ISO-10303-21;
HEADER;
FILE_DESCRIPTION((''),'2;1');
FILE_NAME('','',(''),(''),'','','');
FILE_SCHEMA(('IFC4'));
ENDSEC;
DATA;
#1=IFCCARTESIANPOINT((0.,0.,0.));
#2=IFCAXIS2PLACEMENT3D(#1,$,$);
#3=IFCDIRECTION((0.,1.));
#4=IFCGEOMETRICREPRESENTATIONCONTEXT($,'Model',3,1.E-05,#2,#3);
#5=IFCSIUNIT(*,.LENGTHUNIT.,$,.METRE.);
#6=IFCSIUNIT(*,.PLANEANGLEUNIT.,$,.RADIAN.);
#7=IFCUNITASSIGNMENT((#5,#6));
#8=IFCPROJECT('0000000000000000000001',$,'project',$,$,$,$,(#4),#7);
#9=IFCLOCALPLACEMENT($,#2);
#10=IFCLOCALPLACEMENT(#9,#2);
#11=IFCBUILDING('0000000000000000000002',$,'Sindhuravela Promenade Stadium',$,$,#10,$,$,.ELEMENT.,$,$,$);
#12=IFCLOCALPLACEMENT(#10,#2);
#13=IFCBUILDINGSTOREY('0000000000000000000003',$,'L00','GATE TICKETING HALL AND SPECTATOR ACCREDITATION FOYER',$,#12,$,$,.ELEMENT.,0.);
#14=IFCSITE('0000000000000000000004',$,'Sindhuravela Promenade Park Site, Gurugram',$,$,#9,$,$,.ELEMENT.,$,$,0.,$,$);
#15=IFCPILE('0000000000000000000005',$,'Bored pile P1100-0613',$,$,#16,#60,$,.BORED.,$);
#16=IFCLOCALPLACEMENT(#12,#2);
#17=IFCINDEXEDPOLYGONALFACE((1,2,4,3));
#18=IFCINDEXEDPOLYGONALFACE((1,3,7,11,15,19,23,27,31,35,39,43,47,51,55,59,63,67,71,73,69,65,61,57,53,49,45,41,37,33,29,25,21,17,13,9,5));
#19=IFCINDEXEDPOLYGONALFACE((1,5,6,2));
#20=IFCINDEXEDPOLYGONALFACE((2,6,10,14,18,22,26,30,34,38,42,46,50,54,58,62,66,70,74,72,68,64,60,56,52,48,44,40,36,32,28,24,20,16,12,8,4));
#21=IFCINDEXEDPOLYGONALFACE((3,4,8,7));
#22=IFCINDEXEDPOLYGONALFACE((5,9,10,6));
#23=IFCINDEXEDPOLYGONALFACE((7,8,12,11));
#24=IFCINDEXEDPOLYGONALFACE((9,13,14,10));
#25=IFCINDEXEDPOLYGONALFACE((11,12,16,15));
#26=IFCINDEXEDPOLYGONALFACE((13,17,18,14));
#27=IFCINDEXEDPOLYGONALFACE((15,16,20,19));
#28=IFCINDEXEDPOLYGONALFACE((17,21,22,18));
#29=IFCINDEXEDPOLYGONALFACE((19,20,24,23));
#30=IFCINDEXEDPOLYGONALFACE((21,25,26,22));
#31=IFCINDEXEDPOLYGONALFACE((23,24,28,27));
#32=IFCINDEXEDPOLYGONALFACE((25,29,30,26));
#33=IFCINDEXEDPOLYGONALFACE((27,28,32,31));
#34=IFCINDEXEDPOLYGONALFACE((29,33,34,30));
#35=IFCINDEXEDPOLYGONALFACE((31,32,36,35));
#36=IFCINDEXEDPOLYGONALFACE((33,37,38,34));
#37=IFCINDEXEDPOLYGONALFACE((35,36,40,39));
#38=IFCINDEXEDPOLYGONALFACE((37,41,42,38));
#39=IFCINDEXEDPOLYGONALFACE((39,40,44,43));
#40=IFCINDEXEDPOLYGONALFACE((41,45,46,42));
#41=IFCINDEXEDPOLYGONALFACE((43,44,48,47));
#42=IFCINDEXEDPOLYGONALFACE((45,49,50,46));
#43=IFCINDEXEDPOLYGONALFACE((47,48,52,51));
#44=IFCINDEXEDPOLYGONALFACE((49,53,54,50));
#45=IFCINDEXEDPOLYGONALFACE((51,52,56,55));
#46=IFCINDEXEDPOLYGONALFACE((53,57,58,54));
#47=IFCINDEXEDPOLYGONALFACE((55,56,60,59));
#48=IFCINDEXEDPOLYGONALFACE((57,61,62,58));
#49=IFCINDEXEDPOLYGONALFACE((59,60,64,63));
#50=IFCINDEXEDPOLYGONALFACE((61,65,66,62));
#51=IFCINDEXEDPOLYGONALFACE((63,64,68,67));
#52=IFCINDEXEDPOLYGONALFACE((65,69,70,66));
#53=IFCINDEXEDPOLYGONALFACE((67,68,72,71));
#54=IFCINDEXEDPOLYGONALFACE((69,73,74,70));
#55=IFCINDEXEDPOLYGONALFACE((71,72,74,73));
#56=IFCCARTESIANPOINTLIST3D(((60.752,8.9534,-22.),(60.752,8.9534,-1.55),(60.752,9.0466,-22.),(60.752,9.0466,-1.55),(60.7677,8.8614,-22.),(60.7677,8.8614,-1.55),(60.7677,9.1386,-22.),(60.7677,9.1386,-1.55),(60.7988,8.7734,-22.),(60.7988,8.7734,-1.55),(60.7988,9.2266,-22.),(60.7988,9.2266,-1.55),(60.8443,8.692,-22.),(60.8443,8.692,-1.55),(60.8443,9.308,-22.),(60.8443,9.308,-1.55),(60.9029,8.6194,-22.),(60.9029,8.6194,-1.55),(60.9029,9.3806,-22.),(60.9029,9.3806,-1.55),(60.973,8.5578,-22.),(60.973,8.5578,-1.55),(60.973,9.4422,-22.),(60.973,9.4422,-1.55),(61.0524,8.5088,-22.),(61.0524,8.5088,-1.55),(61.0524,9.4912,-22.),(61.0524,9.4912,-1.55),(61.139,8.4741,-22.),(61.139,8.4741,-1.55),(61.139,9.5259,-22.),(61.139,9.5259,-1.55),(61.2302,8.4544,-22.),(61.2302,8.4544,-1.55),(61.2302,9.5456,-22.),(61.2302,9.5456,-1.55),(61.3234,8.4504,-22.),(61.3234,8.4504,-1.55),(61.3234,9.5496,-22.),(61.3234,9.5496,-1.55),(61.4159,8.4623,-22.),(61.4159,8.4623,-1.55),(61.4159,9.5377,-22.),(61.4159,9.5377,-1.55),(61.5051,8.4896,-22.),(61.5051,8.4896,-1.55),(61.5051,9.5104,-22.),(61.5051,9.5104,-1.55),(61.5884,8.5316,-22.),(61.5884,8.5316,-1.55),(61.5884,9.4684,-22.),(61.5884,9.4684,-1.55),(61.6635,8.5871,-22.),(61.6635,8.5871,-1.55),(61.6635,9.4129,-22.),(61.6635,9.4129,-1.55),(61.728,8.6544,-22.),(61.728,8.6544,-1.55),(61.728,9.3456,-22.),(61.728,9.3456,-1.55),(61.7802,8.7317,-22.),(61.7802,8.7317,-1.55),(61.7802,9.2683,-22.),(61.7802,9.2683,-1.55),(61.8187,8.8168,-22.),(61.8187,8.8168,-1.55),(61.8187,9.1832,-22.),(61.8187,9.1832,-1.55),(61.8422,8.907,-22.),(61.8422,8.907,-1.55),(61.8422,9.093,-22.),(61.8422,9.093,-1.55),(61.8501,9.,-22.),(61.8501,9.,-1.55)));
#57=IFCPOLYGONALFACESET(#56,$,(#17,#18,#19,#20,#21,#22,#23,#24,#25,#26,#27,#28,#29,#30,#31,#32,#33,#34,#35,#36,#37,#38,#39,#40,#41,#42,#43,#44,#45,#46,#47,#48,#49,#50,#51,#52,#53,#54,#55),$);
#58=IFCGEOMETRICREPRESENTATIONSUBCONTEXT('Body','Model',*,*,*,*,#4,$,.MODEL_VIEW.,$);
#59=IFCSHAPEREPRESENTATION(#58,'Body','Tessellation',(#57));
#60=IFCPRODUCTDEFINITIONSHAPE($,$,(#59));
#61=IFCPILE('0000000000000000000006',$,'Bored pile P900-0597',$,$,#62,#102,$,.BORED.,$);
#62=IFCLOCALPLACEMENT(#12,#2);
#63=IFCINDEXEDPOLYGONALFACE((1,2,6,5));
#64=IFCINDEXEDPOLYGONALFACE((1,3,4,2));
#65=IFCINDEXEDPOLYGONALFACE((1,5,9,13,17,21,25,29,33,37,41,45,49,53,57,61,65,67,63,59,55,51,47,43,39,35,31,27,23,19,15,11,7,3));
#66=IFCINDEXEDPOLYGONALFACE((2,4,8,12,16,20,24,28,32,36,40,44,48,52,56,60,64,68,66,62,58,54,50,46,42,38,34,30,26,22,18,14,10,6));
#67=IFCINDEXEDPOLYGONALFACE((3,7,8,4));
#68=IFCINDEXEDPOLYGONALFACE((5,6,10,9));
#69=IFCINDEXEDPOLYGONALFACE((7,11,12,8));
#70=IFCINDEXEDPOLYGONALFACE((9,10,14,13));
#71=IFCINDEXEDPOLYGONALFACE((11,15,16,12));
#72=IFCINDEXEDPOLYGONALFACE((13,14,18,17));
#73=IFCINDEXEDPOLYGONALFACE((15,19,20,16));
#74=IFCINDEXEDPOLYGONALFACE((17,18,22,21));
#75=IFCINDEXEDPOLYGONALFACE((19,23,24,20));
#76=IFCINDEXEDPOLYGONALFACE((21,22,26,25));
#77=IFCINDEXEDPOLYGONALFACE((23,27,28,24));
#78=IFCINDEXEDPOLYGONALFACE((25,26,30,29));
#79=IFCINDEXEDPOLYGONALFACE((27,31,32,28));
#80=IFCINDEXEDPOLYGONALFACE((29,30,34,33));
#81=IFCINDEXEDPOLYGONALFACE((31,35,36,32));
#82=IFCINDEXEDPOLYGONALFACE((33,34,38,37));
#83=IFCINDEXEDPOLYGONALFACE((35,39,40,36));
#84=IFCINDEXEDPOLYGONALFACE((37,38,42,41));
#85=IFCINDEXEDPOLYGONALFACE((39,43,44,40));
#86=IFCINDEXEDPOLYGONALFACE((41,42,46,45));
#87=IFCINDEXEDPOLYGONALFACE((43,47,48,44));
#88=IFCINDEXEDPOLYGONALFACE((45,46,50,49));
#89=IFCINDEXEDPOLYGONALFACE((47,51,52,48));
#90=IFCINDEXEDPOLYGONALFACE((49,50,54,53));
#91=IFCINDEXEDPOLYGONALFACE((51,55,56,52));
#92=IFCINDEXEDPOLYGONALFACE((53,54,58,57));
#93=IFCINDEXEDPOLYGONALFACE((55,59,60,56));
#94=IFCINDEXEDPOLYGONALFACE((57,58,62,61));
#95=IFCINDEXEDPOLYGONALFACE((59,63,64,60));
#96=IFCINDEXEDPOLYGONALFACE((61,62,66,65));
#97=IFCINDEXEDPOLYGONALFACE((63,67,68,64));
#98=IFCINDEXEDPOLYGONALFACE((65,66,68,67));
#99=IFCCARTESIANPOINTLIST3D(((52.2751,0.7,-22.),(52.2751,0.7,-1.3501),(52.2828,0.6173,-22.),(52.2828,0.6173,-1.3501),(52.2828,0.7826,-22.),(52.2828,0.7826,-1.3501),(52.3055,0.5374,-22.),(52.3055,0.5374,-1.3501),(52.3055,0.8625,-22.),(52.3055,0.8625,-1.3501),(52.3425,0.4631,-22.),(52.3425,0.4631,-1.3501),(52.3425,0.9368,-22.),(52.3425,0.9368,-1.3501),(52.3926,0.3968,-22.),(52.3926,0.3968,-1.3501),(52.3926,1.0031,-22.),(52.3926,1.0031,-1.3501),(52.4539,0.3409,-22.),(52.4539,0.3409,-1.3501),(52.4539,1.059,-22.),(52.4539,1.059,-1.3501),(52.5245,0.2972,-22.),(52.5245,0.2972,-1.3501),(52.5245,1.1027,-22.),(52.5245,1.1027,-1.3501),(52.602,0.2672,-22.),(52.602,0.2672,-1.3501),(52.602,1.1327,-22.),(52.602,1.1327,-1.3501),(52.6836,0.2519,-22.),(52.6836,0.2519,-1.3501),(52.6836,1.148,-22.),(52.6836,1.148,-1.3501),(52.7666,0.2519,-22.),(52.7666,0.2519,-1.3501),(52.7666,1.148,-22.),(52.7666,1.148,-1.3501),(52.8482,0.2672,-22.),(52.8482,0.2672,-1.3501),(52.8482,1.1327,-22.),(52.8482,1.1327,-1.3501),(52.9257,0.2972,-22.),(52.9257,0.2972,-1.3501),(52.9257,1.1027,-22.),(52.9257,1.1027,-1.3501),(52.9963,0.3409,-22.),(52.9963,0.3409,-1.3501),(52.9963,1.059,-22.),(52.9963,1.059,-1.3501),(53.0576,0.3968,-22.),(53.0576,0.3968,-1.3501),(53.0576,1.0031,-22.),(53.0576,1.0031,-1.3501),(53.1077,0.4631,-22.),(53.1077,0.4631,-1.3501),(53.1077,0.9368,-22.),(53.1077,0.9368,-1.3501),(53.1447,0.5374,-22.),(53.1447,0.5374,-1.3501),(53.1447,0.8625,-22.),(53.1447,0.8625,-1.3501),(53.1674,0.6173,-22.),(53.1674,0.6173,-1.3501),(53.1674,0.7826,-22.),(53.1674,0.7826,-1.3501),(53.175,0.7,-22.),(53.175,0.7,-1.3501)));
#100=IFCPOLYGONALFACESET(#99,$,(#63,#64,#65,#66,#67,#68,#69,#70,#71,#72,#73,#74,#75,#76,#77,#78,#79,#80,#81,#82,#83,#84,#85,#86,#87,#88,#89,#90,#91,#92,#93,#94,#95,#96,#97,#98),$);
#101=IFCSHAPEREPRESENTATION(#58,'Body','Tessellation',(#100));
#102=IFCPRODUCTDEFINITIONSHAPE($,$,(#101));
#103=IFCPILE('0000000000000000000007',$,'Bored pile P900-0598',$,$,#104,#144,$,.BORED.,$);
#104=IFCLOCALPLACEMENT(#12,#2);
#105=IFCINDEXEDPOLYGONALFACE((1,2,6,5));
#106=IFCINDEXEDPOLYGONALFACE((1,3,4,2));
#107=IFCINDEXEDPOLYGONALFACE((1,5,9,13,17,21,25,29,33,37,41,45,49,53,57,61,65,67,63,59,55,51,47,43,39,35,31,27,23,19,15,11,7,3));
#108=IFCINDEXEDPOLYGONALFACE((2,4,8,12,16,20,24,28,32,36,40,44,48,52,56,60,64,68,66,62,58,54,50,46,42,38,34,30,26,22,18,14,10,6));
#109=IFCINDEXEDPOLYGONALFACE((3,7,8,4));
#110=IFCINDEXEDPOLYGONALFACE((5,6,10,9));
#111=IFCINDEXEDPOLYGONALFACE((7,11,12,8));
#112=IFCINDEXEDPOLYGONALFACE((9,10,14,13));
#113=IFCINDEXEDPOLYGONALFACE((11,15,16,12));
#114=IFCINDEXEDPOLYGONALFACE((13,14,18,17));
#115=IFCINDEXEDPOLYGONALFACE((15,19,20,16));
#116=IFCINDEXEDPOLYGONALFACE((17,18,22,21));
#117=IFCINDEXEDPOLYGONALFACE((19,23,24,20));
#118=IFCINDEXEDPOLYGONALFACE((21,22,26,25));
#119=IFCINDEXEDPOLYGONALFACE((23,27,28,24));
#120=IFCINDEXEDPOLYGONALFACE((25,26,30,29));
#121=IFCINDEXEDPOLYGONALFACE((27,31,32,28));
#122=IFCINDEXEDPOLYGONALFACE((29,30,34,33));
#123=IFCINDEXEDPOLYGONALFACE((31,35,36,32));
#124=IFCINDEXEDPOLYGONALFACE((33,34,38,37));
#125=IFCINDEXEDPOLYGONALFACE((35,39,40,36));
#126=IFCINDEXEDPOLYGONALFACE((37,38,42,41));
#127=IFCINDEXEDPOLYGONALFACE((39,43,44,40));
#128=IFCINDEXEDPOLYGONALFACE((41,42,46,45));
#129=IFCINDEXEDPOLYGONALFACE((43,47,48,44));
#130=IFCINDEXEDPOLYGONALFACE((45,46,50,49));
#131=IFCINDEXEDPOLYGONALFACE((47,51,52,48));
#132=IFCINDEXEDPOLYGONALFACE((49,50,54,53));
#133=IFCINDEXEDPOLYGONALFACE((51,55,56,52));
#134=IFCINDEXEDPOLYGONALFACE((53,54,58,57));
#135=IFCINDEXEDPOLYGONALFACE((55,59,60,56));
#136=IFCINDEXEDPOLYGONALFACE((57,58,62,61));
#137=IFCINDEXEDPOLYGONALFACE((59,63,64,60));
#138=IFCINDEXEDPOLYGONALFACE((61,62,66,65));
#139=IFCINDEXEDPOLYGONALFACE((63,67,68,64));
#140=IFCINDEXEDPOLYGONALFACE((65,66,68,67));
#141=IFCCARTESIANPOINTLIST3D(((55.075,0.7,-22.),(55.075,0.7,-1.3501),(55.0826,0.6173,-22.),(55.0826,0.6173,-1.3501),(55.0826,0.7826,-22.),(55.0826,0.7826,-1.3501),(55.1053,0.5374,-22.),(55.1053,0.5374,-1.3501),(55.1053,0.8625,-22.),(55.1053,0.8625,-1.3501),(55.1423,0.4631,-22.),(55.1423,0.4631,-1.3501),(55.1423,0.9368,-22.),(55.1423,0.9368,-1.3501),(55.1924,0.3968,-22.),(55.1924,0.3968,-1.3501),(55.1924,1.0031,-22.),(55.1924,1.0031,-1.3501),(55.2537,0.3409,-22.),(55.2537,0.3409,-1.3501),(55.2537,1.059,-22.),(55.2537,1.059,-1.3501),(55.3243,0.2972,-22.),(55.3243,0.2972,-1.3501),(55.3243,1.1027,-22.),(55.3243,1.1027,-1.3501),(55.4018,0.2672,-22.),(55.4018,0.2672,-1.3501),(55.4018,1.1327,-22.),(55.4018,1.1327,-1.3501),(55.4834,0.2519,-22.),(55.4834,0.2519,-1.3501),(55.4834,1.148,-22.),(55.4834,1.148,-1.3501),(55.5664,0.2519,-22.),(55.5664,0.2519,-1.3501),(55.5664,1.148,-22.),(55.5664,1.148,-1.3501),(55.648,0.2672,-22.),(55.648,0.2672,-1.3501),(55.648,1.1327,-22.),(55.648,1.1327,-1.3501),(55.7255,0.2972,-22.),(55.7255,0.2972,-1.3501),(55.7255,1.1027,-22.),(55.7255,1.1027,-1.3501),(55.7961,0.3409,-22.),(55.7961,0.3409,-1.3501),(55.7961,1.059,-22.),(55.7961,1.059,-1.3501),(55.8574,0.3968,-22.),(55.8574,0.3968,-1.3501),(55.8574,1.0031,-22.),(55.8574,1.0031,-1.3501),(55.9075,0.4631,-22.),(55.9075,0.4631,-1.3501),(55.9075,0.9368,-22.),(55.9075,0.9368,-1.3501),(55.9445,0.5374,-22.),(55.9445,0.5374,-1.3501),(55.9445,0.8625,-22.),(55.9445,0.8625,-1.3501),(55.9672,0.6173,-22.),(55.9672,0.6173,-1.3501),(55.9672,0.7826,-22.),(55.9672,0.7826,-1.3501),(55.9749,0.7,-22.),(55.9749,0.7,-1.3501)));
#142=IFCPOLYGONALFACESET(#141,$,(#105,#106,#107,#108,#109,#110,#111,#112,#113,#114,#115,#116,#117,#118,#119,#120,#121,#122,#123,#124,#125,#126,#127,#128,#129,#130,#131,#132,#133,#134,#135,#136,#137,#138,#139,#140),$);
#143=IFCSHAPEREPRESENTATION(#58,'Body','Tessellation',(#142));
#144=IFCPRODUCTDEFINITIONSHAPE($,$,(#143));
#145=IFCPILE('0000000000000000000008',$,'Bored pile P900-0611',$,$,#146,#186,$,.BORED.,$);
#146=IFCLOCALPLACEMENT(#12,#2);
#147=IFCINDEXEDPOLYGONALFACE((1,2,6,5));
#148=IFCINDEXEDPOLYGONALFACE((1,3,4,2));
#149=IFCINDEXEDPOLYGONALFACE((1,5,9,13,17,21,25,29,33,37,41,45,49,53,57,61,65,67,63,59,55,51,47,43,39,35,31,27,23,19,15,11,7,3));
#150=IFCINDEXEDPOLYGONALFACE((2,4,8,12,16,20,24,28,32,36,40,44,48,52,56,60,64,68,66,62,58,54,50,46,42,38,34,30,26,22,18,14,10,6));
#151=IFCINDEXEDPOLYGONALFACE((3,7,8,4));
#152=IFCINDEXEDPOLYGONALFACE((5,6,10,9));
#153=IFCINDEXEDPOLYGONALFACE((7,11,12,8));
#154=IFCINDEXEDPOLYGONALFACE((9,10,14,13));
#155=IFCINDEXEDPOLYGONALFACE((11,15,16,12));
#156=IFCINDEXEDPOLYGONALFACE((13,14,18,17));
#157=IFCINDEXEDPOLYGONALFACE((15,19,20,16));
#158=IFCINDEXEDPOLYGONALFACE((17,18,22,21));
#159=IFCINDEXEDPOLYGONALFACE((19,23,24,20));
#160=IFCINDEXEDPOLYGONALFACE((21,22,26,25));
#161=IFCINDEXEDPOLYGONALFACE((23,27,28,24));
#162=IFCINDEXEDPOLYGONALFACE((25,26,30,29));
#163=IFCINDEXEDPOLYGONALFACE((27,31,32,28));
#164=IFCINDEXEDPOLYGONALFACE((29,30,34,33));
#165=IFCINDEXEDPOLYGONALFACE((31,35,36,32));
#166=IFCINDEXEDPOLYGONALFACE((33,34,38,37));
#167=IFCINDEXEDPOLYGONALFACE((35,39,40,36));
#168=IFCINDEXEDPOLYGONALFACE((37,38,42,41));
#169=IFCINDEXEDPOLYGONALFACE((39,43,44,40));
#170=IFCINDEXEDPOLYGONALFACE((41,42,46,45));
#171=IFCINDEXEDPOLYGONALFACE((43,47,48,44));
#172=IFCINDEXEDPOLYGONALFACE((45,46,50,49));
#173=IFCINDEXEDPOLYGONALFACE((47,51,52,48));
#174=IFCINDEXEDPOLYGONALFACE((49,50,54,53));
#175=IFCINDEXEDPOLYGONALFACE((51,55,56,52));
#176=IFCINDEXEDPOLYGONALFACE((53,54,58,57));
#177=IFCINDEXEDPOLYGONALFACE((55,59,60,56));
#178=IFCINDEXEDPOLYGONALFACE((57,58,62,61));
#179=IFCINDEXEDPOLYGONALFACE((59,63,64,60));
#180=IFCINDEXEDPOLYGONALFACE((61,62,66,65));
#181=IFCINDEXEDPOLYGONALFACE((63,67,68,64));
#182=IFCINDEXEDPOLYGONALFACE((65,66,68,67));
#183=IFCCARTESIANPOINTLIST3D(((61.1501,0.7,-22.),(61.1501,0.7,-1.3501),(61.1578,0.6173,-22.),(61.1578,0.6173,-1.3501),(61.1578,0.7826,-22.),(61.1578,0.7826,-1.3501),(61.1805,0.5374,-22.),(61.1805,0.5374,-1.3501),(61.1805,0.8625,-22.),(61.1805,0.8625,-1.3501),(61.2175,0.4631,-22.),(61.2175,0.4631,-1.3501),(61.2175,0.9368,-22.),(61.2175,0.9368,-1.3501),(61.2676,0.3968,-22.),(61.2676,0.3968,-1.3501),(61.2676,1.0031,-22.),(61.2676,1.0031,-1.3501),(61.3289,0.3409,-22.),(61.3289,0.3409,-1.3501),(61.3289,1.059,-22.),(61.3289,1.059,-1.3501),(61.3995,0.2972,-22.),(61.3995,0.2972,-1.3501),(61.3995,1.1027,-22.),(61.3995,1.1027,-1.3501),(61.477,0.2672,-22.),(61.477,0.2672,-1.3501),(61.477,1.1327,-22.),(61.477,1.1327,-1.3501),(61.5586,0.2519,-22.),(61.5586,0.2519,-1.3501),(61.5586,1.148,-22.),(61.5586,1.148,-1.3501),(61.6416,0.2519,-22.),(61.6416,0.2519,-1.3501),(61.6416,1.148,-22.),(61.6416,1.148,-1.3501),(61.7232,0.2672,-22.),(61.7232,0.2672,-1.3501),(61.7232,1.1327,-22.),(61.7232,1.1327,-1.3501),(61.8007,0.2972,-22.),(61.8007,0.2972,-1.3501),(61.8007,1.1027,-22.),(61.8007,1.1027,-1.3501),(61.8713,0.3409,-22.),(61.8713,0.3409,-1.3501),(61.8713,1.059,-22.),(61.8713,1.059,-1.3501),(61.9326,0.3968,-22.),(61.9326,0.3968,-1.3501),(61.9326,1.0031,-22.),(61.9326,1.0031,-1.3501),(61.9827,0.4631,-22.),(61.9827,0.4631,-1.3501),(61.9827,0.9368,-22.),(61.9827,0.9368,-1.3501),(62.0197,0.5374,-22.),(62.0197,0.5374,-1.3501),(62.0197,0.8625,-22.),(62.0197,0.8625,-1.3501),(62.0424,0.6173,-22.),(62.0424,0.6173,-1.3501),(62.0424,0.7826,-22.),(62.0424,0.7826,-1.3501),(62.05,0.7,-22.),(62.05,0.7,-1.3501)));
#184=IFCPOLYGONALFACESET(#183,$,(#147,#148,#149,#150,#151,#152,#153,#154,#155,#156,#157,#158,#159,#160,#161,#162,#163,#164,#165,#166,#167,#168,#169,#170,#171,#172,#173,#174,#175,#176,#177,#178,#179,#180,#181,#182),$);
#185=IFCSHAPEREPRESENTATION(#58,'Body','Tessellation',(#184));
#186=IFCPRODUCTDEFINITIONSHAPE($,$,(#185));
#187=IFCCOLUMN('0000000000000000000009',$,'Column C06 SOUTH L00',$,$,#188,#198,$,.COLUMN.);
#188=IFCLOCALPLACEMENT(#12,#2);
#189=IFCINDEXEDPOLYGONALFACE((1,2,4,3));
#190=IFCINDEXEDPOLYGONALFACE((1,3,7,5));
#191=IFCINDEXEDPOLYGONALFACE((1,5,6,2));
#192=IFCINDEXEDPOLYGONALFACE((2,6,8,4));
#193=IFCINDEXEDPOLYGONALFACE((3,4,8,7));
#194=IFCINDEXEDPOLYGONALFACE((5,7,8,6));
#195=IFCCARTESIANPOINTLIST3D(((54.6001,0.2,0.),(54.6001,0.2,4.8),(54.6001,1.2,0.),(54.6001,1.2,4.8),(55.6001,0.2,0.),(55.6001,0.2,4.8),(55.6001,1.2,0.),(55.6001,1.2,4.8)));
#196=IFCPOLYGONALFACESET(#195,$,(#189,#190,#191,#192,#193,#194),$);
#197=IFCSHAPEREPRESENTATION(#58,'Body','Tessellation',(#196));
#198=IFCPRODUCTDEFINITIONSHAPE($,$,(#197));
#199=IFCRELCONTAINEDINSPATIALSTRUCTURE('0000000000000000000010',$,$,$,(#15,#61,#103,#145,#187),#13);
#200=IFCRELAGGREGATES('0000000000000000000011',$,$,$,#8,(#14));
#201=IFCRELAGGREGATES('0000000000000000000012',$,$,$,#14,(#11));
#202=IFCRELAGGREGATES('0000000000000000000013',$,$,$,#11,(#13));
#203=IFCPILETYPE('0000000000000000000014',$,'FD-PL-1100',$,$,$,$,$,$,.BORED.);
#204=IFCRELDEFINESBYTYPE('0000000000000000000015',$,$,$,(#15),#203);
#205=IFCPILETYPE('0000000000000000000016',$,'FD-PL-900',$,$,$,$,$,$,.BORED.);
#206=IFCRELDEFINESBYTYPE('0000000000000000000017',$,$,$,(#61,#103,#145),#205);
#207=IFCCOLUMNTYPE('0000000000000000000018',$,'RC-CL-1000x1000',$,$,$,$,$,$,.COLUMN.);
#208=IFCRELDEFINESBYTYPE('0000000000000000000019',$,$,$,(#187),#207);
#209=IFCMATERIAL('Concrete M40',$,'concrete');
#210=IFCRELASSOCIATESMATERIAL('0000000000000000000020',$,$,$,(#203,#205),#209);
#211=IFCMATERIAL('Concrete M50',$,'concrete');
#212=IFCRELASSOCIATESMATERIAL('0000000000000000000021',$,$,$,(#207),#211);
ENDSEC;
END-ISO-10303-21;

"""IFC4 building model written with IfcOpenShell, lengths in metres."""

from ifc_helpers import new_model, si_unit, direction, frame, origin, origin_2d, place, context, subcontext, project, spatial, rectangle, circle, extrude, material, material_profile, profile_set, type_object, element, save


model = new_model("IFC4")

# Units and contexts
model_context = context("Model", 3, precision=1e-05, world=origin(), true_north=direction((0.0, 1.0)))
body_context = subcontext(model_context, "Body", "Model", "MODEL_VIEW")
ifc_project = project(units=[si_unit("LENGTHUNIT", "METRE"), si_unit("PLANEANGLEUNIT", "RADIAN")], contexts=[model_context])

# Site, building, storey
site_placement = place(None, origin())
site = spatial("IfcSite", under=ifc_project, at=site_placement, Name="Sindhuravela Promenade Park Site, Gurugram", CompositionType="ELEMENT", RefElevation=0.0)
building_placement = place(site_placement, origin())
building = spatial("IfcBuilding", under=site, at=building_placement, Name="Sindhuravela Promenade Stadium", CompositionType="ELEMENT")
storey_placement = place(building_placement, origin())
storey = spatial("IfcBuildingStorey", under=building, at=storey_placement, Name="L00", Description="GATE TICKETING HALL AND SPECTATOR ACCREDITATION FOYER", CompositionType="ELEMENT", Elevation=0.0)

# Shared definitions
ifc_material_1 = material(Name="Concrete M50", Category="concrete")

# Piles
ifc_material_2 = material(Name="Concrete M40", Category="concrete")
ifc_material_profile_1 = material_profile(ifc_material_2, circle(Radius=0.55, at=origin_2d()), Name="BORED PILE D1100")
ifc_profile_set_1 = profile_set([ifc_material_profile_1], Name="Concrete M40")
pile_type_1 = type_object("IfcPileType", Name="FD-PL-1100", PredefinedType="BORED", material=ifc_profile_set_1)
pile_1_placement = place(storey_placement, frame((61.3, 9.0, -1.55), z_axis=(0.0, 0.0, -1.0), x_axis=(1.0, 0.0, 0.0)))
element("IfcPile", 1, at=pile_1_placement, inside=storey, type_object=pile_type_1, Name="Bored pile P1100-0613", PredefinedType="BORED", context=body_context, shape_type="SweptSolid", body=[
    extrude(circle(Radius=0.55, at=origin_2d()), origin(), (0.0, 0.0, 1.0), 20.45),
])
ifc_material_profile_2 = material_profile(ifc_material_2, circle(Radius=0.45, at=origin_2d()), Name="BORED PILE D900")
ifc_profile_set_2 = profile_set([ifc_material_profile_2], Name="Concrete M40")
pile_type_2 = type_object("IfcPileType", Name="FD-PL-900", PredefinedType="BORED", material=ifc_profile_set_2)
for number, where, z_axis, x_axis, name in (
    (2, (52.7251, 0.7, -1.3501), (0.0, 0.0, -1.0), (1.0, 0.0, 0.0), "Bored pile P900-0597"),
    (3, (55.5249, 0.7, -1.3501), (0.0, 0.0, -1.0), (1.0, 0.0, 0.0), "Bored pile P900-0598"),
    (4, (61.6001, 0.7, -1.3501), (0.0, 0.0, -1.0), (1.0, 0.0, 0.0), "Bored pile P900-0611"),
):
    element("IfcPile", number, at=place(storey_placement, frame(where, z_axis=z_axis, x_axis=x_axis)), inside=storey, type_object=pile_type_2, Name=name, PredefinedType="BORED", context=body_context, shape_type="SweptSolid", body=[
        extrude(circle(Radius=0.45, at=origin_2d()), origin(), (0.0, 0.0, 1.0), 20.6499),
    ])

# Column
ifc_material_profile_3 = material_profile(ifc_material_1, rectangle(XDim=1.0, YDim=1.0, at=origin_2d()), Name="RC 1000x1000")
ifc_profile_set_3 = profile_set([ifc_material_profile_3], Name="Concrete M50")
column_type_1 = type_object("IfcColumnType", Name="RC-CL-1000x1000", PredefinedType="COLUMN", material=ifc_profile_set_3)
for number, where, z_axis, x_axis, name in (
    (5, (55.1001, 0.7, 0.0), (0.0, 0.0, 1.0), (1.0, 0.0, 0.0), "Column C06 SOUTH L00"),
):
    element("IfcColumn", number, at=place(storey_placement, frame(where, z_axis=z_axis, x_axis=x_axis)), inside=storey, type_object=column_type_1, Name=name, PredefinedType="COLUMN", context=body_context, shape_type="SweptSolid", body=[
        extrude(rectangle(XDim=1.0, YDim=1.0, at=origin_2d()), origin(), (0.0, 0.0, 1.0), 4.8),
    ])

save(model, "model.ifc")
